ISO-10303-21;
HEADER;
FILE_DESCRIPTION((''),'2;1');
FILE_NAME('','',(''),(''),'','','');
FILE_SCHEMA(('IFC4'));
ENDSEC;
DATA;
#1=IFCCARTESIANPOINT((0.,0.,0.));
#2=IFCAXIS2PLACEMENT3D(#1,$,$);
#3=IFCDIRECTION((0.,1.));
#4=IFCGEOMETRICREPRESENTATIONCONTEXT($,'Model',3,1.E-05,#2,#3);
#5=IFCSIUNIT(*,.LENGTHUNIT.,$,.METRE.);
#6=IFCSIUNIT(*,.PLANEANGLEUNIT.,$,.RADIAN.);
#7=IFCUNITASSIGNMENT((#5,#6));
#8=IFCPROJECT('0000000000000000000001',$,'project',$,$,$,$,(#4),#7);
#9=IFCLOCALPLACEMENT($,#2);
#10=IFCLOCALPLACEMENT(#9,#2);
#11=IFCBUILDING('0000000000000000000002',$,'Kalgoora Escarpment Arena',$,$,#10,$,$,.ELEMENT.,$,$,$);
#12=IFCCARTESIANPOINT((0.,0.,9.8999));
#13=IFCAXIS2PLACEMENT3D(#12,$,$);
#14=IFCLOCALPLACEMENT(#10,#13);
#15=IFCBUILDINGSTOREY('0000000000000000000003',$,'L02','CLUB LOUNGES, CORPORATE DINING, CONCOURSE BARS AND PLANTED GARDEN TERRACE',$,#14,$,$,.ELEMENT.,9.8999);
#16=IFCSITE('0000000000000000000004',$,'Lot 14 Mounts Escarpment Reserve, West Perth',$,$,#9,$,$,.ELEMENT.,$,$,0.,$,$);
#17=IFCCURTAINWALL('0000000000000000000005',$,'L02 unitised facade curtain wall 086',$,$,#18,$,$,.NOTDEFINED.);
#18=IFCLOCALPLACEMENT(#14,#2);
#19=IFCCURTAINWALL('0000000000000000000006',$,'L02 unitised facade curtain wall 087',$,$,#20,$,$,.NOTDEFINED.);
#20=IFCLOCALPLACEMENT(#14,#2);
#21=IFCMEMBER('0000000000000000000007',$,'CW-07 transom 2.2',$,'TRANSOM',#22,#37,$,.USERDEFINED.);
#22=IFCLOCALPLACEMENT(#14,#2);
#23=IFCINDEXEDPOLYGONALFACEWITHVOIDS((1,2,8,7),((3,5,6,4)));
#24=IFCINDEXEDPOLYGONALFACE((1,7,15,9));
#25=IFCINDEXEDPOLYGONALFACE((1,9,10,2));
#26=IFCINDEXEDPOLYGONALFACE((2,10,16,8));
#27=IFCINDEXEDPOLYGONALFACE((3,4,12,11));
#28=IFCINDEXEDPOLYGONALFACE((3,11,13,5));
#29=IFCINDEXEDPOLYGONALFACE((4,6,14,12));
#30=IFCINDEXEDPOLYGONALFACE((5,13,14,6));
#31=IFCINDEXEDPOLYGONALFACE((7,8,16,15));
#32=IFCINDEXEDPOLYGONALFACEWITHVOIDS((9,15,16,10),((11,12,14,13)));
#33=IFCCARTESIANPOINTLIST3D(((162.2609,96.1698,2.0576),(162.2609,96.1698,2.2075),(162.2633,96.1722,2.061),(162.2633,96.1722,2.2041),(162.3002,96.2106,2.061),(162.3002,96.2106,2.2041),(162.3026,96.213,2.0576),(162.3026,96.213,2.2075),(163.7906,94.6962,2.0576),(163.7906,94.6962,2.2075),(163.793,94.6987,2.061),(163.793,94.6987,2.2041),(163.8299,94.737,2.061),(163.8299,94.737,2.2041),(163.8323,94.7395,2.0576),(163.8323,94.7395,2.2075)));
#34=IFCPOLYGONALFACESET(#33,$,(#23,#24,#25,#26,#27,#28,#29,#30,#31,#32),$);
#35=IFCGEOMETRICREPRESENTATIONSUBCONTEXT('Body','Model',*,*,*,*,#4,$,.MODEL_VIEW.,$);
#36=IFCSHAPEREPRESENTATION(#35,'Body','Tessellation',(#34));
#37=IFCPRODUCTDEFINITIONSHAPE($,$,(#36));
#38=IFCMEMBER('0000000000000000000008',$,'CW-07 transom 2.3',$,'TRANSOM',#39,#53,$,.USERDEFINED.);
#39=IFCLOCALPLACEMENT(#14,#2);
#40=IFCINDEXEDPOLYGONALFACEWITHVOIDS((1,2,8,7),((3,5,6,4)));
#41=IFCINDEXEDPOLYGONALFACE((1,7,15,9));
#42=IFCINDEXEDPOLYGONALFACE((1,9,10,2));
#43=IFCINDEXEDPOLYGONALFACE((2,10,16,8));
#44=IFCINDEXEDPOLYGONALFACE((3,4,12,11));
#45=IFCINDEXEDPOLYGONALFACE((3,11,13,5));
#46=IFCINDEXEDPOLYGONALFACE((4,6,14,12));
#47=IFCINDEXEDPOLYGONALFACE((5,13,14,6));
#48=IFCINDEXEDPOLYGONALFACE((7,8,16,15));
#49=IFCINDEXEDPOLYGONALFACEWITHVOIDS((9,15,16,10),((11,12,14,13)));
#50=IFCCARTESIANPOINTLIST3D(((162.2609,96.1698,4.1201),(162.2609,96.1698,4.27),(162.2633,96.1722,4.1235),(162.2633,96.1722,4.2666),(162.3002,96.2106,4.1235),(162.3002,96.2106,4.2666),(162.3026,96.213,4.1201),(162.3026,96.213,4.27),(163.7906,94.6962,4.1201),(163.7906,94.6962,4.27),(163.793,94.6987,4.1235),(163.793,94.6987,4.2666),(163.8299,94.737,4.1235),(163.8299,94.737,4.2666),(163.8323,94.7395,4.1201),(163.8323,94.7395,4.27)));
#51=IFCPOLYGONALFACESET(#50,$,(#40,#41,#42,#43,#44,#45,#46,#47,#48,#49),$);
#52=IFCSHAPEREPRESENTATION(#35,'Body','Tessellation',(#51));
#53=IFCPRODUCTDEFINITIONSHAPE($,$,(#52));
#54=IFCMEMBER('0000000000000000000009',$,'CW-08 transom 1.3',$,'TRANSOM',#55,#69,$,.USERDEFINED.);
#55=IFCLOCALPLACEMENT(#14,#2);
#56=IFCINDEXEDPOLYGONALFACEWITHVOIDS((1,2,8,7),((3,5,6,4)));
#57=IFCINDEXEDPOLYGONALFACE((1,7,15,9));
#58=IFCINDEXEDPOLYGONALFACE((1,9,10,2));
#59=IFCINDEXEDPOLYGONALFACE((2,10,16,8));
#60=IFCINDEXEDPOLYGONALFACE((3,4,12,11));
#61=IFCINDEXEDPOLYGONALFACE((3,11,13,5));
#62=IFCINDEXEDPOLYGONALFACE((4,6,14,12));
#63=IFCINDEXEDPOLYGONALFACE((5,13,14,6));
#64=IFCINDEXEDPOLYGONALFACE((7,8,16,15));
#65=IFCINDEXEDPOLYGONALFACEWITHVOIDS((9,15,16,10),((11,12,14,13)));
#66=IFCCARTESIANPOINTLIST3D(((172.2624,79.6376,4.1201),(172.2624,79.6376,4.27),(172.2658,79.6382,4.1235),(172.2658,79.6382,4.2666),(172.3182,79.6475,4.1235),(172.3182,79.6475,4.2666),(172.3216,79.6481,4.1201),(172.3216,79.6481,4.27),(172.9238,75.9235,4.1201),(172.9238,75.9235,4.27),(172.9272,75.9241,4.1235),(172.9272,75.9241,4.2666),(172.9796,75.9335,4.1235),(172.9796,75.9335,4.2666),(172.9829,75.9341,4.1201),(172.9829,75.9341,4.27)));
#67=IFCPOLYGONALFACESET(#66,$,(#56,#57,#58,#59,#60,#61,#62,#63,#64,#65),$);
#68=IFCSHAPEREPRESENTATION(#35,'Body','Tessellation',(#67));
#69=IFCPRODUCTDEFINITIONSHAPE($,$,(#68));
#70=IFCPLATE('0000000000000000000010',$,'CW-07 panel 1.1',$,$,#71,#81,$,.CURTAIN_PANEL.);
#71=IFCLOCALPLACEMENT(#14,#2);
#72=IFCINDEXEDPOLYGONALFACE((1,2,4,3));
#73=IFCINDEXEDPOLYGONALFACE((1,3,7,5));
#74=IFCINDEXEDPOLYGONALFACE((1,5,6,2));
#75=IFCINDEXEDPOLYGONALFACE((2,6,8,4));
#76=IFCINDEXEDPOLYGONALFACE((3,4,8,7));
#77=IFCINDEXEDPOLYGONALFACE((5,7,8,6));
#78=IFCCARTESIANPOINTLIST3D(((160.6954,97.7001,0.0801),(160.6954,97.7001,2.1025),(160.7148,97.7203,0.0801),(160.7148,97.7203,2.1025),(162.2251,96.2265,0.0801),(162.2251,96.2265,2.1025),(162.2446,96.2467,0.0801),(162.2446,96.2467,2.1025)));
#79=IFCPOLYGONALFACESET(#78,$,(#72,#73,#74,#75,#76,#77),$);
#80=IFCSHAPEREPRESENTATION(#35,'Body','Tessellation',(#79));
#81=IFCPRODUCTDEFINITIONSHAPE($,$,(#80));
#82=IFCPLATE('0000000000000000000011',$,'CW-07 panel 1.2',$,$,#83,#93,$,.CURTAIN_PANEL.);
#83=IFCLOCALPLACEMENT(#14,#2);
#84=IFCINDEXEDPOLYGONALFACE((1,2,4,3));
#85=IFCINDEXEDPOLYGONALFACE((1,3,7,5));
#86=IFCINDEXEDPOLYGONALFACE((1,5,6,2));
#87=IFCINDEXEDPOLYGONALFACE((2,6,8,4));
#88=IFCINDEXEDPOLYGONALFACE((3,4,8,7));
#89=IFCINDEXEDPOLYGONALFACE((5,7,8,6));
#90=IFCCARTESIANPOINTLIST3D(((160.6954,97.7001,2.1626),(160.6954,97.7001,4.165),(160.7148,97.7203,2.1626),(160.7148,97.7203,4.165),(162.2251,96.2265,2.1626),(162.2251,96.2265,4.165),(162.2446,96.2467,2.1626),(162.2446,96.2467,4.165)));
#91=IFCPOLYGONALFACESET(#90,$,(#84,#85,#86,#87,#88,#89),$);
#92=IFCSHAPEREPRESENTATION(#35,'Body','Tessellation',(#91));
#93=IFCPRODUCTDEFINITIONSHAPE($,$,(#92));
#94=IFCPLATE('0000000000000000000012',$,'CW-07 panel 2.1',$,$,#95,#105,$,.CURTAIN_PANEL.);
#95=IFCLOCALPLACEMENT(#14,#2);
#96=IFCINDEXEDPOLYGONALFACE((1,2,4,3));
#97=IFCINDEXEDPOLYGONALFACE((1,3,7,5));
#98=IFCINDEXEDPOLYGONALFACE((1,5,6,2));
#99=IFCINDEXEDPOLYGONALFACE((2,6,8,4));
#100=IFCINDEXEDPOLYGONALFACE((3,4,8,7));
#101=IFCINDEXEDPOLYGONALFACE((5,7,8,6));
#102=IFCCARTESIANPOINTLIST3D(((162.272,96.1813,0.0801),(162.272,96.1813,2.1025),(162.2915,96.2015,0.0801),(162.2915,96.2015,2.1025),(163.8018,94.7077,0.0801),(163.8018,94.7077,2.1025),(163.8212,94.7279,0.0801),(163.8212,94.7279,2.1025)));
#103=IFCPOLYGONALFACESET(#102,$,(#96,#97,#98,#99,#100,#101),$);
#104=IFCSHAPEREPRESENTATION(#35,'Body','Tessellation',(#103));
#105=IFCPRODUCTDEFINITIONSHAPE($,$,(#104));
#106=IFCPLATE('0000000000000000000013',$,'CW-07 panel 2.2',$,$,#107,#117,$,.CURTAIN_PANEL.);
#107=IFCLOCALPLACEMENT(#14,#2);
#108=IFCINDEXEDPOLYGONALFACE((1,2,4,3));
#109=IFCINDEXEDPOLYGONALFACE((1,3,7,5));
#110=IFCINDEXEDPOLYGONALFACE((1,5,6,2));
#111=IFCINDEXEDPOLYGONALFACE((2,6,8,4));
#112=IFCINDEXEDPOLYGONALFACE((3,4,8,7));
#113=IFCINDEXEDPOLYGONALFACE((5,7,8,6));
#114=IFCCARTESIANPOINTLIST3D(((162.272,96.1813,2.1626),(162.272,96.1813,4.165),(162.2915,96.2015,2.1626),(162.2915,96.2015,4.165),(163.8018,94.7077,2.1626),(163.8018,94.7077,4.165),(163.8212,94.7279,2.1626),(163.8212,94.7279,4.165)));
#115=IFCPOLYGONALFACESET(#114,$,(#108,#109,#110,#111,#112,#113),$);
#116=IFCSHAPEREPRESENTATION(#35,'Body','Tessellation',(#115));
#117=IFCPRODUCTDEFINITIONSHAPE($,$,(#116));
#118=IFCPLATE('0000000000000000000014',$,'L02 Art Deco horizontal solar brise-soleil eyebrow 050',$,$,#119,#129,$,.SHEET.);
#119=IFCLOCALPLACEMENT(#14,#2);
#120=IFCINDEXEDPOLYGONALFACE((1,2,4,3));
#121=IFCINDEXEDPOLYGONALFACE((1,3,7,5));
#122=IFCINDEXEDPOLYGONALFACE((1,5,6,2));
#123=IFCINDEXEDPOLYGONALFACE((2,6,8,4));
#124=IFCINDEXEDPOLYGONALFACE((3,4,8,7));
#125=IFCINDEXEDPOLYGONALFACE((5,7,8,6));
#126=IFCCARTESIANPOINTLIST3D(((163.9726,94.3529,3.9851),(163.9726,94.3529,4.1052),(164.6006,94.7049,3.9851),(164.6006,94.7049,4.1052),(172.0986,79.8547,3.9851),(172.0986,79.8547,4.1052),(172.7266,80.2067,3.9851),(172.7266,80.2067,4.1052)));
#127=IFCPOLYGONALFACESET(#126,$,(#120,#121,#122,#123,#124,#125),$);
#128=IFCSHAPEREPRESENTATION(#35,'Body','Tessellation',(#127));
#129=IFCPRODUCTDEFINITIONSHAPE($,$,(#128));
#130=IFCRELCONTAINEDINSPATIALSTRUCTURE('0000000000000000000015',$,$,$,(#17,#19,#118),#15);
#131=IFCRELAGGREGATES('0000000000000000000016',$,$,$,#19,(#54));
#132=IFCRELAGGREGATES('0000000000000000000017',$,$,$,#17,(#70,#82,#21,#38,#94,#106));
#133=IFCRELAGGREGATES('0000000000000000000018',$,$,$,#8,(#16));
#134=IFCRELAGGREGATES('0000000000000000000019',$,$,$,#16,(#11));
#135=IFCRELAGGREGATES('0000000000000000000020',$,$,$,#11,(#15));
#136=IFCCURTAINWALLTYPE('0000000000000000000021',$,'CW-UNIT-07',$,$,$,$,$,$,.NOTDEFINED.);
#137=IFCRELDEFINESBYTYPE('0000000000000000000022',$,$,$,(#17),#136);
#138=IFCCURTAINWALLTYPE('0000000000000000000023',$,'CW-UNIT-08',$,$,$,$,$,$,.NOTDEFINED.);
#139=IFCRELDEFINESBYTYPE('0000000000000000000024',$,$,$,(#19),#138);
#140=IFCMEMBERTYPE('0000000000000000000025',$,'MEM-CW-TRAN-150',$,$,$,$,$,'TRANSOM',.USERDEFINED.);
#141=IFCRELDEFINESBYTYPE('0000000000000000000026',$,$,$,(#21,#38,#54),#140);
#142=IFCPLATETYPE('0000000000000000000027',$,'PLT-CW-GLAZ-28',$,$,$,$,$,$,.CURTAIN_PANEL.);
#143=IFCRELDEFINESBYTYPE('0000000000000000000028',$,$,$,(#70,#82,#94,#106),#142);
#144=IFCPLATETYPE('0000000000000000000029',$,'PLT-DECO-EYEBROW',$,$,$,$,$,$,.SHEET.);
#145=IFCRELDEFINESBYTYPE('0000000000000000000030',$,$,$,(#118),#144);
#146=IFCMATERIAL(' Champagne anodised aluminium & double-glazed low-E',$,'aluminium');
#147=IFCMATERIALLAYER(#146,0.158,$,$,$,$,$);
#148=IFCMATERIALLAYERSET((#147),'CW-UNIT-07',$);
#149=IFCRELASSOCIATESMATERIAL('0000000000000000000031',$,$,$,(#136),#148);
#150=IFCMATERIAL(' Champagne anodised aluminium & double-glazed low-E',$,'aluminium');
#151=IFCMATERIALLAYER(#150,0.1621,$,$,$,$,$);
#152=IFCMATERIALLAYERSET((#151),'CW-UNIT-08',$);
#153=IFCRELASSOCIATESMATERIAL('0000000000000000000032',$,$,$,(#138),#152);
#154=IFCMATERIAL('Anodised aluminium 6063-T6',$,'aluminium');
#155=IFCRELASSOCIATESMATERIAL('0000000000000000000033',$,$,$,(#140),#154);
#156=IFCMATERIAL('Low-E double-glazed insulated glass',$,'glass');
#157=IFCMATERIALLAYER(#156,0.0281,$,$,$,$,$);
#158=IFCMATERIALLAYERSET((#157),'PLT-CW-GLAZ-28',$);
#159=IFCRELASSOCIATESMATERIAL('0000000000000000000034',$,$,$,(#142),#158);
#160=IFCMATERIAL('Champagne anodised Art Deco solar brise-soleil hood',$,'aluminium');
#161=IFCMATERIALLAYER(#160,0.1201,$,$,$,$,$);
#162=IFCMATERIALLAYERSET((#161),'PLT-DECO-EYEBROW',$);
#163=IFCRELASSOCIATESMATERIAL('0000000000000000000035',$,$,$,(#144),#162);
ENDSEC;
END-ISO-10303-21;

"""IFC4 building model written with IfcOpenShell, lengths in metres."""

from ifc_helpers import new_model, si_unit, direction, frame, origin, origin_2d, place, context, subcontext, project, spatial, rectangle, hollow_rectangle, extrude, material, layer, layer_set, material_profile, profile_set, type_object, element, aggregate, save


model = new_model("IFC4")

# Units and contexts
model_context = context("Model", 3, precision=1e-05, world=origin(), true_north=direction((0.0, 1.0)))
body_context = subcontext(model_context, "Body", "Model", "MODEL_VIEW")
ifc_project = project(units=[si_unit("LENGTHUNIT", "METRE"), si_unit("PLANEANGLEUNIT", "RADIAN")], contexts=[model_context])

# Site, building, storey
site_placement = place(None, origin())
site = spatial("IfcSite", under=ifc_project, at=site_placement, Name="Lot 14 Mounts Escarpment Reserve, West Perth", CompositionType="ELEMENT", RefElevation=0.0)
building_placement = place(site_placement, origin())
building = spatial("IfcBuilding", under=site, at=building_placement, Name="Kalgoora Escarpment Arena", CompositionType="ELEMENT")
storey_placement = place(building_placement, frame((0.0, 0.0, 9.8999)))
storey = spatial("IfcBuildingStorey", under=building, at=storey_placement, Name="L02", Description="CLUB LOUNGES, CORPORATE DINING, CONCOURSE BARS AND PLANTED GARDEN TERRACE", CompositionType="ELEMENT", Elevation=9.8999)

# Curtain wall
ifc_material_1 = material(Name=" Champagne anodised aluminium & double-glazed low-E", Category="aluminium")
ifc_layer_1 = layer(ifc_material_1, 0.158)
ifc_layer_set_1 = layer_set([ifc_layer_1], Name="CW-UNIT-07")
curtain_wall_type_1 = type_object("IfcCurtainWallType", Name="CW-UNIT-07", PredefinedType="NOTDEFINED", material=ifc_layer_set_1)
curtain_wall_1_placement = place(storey_placement, origin())
curtain_wall_1 = element("IfcCurtainWall", 1, at=curtain_wall_1_placement, inside=storey, type_object=curtain_wall_type_1, Name="L02 unitised facade curtain wall 086", PredefinedType="NOTDEFINED")

# Curtain wall
ifc_material_2 = material(Name=" Champagne anodised aluminium & double-glazed low-E", Category="aluminium")
ifc_layer_2 = layer(ifc_material_2, 0.1621)
ifc_layer_set_2 = layer_set([ifc_layer_2], Name="CW-UNIT-08")
curtain_wall_type_2 = type_object("IfcCurtainWallType", Name="CW-UNIT-08", PredefinedType="NOTDEFINED", material=ifc_layer_set_2)
curtain_wall_2_placement = place(storey_placement, origin())
curtain_wall_2 = element("IfcCurtainWall", 2, at=curtain_wall_2_placement, inside=storey, type_object=curtain_wall_type_2, Name="L02 unitised facade curtain wall 087", PredefinedType="NOTDEFINED")

# Members
ifc_material_3 = material(Name="Anodised aluminium 6063-T6", Category="aluminium")
ifc_material_profile_1 = material_profile(ifc_material_3, hollow_rectangle(XDim=0.0601, YDim=0.1499, WallThickness=0.0034, at=origin_2d()))
ifc_profile_set_1 = profile_set([ifc_material_profile_1], Name="Anodised aluminium 6063-T6")
member_type_1 = type_object("IfcMemberType", Name="MEM-CW-TRAN-150", ElementType="TRANSOM", PredefinedType="USERDEFINED", material=ifc_profile_set_1)
member_1_placement = place(storey_placement, frame((162.2817, 96.1914, 2.1326), z_axis=(0.720201, -0.693765, 0.0), x_axis=(0.693765, 0.720201, 0.0)))
member_1 = element("IfcMember", 3, at=member_1_placement, type_object=member_type_1, Name="CW-07 transom 2.2", ObjectType="TRANSOM", PredefinedType="USERDEFINED", context=body_context, shape_type="SweptSolid", body=[
    extrude(hollow_rectangle(XDim=0.0601, YDim=0.1499, WallThickness=0.0034, at=origin_2d()), origin(), (0.0, 0.0, 1.0), 2.124),
])
member_2_placement = place(storey_placement, frame((162.2817, 96.1914, 4.1951), z_axis=(0.720201, -0.693765, 0.0), x_axis=(0.693765, 0.720201, 0.0)))
member_2 = element("IfcMember", 4, at=member_2_placement, type_object=member_type_1, Name="CW-07 transom 2.3", ObjectType="TRANSOM", PredefinedType="USERDEFINED", context=body_context, shape_type="SweptSolid", body=[
    extrude(hollow_rectangle(XDim=0.0601, YDim=0.1499, WallThickness=0.0034, at=origin_2d()), origin(), (0.0, 0.0, 1.0), 2.124),
])
member_3_placement = place(storey_placement, frame((172.292, 79.6428, 4.1951), z_axis=(0.175314, -0.984513, 0.0), x_axis=(0.984513, 0.175314, 0.0)))
member_3 = element("IfcMember", 5, at=member_3_placement, type_object=member_type_1, Name="CW-08 transom 1.3", ObjectType="TRANSOM", PredefinedType="USERDEFINED", context=body_context, shape_type="SweptSolid", body=[
    extrude(hollow_rectangle(XDim=0.0601, YDim=0.1499, WallThickness=0.0034, at=origin_2d()), origin(), (0.0, 0.0, 1.0), 3.7725),
])
aggregate(curtain_wall_2, [member_3])

# Plates
ifc_material_4 = material(Name="Low-E double-glazed insulated glass", Category="glass")
ifc_layer_3 = layer(ifc_material_4, 0.0281)
ifc_layer_set_3 = layer_set([ifc_layer_3], Name="PLT-CW-GLAZ-28")
plate_type_1 = type_object("IfcPlateType", Name="PLT-CW-GLAZ-28", PredefinedType="CURTAIN_PANEL", material=ifc_layer_set_3)
plate_1_placement = place(storey_placement, frame((161.47, 96.9734, 0.0801), z_axis=(0.0, 0.0, 1.0), x_axis=(0.720206, -0.69376, 0.0)))
plate_1 = element("IfcPlate", 6, at=plate_1_placement, type_object=plate_type_1, Name="CW-07 panel 1.1", PredefinedType="CURTAIN_PANEL", context=body_context, shape_type="SweptSolid", body=[
    extrude(rectangle(XDim=2.124, YDim=0.0281, at=origin_2d()), origin(), (0.0, 0.0, 1.0), 2.0225),
])
plate_2_placement = place(storey_placement, frame((161.47, 96.9734, 2.1626), z_axis=(0.0, 0.0, 1.0), x_axis=(0.720206, -0.69376, 0.0)))
plate_2 = element("IfcPlate", 7, at=plate_2_placement, type_object=plate_type_1, Name="CW-07 panel 1.2", PredefinedType="CURTAIN_PANEL", context=body_context, shape_type="SweptSolid", body=[
    extrude(rectangle(XDim=2.124, YDim=0.0281, at=origin_2d()), origin(), (0.0, 0.0, 1.0), 2.0024),
])
plate_3_placement = place(storey_placement, frame((163.0466, 95.4546, 0.0801), z_axis=(0.0, 0.0, 1.0), x_axis=(0.720206, -0.69376, 0.0)))
plate_3 = element("IfcPlate", 8, at=plate_3_placement, type_object=plate_type_1, Name="CW-07 panel 2.1", PredefinedType="CURTAIN_PANEL", context=body_context, shape_type="SweptSolid", body=[
    extrude(rectangle(XDim=2.124, YDim=0.0281, at=origin_2d()), origin(), (0.0, 0.0, 1.0), 2.0225),
])
plate_4_placement = place(storey_placement, frame((163.0466, 95.4546, 2.1626), z_axis=(0.0, 0.0, 1.0), x_axis=(0.720206, -0.69376, 0.0)))
plate_4 = element("IfcPlate", 9, at=plate_4_placement, type_object=plate_type_1, Name="CW-07 panel 2.2", PredefinedType="CURTAIN_PANEL", context=body_context, shape_type="SweptSolid", body=[
    extrude(rectangle(XDim=2.124, YDim=0.0281, at=origin_2d()), origin(), (0.0, 0.0, 1.0), 2.0024),
])
aggregate(curtain_wall_1, [plate_1, plate_2, member_1, member_2, plate_3, plate_4])
ifc_material_5 = material(Name="Champagne anodised Art Deco solar brise-soleil hood", Category="aluminium")
ifc_layer_4 = layer(ifc_material_5, 0.1201)
ifc_layer_set_4 = layer_set([ifc_layer_4], Name="PLT-DECO-EYEBROW")
plate_type_2 = type_object("IfcPlateType", Name="PLT-DECO-EYEBROW", PredefinedType="SHEET", material=ifc_layer_set_4)
plate_5_placement = place(storey_placement, frame((168.3496, 87.2798, 3.9851), z_axis=(0.0, 0.0, 1.0), x_axis=(0.488926, -0.872325, 0.0)))
element("IfcPlate", 10, at=plate_5_placement, inside=storey, type_object=plate_type_2, Name="L02 Art Deco horizontal solar brise-soleil eyebrow 050", PredefinedType="SHEET", context=body_context, shape_type="SweptSolid", body=[
    extrude(rectangle(XDim=16.6201, YDim=0.72, at=origin_2d()), origin(), (0.0, 0.0, 1.0), 0.1201),
])

save(model, "model.ifc")
